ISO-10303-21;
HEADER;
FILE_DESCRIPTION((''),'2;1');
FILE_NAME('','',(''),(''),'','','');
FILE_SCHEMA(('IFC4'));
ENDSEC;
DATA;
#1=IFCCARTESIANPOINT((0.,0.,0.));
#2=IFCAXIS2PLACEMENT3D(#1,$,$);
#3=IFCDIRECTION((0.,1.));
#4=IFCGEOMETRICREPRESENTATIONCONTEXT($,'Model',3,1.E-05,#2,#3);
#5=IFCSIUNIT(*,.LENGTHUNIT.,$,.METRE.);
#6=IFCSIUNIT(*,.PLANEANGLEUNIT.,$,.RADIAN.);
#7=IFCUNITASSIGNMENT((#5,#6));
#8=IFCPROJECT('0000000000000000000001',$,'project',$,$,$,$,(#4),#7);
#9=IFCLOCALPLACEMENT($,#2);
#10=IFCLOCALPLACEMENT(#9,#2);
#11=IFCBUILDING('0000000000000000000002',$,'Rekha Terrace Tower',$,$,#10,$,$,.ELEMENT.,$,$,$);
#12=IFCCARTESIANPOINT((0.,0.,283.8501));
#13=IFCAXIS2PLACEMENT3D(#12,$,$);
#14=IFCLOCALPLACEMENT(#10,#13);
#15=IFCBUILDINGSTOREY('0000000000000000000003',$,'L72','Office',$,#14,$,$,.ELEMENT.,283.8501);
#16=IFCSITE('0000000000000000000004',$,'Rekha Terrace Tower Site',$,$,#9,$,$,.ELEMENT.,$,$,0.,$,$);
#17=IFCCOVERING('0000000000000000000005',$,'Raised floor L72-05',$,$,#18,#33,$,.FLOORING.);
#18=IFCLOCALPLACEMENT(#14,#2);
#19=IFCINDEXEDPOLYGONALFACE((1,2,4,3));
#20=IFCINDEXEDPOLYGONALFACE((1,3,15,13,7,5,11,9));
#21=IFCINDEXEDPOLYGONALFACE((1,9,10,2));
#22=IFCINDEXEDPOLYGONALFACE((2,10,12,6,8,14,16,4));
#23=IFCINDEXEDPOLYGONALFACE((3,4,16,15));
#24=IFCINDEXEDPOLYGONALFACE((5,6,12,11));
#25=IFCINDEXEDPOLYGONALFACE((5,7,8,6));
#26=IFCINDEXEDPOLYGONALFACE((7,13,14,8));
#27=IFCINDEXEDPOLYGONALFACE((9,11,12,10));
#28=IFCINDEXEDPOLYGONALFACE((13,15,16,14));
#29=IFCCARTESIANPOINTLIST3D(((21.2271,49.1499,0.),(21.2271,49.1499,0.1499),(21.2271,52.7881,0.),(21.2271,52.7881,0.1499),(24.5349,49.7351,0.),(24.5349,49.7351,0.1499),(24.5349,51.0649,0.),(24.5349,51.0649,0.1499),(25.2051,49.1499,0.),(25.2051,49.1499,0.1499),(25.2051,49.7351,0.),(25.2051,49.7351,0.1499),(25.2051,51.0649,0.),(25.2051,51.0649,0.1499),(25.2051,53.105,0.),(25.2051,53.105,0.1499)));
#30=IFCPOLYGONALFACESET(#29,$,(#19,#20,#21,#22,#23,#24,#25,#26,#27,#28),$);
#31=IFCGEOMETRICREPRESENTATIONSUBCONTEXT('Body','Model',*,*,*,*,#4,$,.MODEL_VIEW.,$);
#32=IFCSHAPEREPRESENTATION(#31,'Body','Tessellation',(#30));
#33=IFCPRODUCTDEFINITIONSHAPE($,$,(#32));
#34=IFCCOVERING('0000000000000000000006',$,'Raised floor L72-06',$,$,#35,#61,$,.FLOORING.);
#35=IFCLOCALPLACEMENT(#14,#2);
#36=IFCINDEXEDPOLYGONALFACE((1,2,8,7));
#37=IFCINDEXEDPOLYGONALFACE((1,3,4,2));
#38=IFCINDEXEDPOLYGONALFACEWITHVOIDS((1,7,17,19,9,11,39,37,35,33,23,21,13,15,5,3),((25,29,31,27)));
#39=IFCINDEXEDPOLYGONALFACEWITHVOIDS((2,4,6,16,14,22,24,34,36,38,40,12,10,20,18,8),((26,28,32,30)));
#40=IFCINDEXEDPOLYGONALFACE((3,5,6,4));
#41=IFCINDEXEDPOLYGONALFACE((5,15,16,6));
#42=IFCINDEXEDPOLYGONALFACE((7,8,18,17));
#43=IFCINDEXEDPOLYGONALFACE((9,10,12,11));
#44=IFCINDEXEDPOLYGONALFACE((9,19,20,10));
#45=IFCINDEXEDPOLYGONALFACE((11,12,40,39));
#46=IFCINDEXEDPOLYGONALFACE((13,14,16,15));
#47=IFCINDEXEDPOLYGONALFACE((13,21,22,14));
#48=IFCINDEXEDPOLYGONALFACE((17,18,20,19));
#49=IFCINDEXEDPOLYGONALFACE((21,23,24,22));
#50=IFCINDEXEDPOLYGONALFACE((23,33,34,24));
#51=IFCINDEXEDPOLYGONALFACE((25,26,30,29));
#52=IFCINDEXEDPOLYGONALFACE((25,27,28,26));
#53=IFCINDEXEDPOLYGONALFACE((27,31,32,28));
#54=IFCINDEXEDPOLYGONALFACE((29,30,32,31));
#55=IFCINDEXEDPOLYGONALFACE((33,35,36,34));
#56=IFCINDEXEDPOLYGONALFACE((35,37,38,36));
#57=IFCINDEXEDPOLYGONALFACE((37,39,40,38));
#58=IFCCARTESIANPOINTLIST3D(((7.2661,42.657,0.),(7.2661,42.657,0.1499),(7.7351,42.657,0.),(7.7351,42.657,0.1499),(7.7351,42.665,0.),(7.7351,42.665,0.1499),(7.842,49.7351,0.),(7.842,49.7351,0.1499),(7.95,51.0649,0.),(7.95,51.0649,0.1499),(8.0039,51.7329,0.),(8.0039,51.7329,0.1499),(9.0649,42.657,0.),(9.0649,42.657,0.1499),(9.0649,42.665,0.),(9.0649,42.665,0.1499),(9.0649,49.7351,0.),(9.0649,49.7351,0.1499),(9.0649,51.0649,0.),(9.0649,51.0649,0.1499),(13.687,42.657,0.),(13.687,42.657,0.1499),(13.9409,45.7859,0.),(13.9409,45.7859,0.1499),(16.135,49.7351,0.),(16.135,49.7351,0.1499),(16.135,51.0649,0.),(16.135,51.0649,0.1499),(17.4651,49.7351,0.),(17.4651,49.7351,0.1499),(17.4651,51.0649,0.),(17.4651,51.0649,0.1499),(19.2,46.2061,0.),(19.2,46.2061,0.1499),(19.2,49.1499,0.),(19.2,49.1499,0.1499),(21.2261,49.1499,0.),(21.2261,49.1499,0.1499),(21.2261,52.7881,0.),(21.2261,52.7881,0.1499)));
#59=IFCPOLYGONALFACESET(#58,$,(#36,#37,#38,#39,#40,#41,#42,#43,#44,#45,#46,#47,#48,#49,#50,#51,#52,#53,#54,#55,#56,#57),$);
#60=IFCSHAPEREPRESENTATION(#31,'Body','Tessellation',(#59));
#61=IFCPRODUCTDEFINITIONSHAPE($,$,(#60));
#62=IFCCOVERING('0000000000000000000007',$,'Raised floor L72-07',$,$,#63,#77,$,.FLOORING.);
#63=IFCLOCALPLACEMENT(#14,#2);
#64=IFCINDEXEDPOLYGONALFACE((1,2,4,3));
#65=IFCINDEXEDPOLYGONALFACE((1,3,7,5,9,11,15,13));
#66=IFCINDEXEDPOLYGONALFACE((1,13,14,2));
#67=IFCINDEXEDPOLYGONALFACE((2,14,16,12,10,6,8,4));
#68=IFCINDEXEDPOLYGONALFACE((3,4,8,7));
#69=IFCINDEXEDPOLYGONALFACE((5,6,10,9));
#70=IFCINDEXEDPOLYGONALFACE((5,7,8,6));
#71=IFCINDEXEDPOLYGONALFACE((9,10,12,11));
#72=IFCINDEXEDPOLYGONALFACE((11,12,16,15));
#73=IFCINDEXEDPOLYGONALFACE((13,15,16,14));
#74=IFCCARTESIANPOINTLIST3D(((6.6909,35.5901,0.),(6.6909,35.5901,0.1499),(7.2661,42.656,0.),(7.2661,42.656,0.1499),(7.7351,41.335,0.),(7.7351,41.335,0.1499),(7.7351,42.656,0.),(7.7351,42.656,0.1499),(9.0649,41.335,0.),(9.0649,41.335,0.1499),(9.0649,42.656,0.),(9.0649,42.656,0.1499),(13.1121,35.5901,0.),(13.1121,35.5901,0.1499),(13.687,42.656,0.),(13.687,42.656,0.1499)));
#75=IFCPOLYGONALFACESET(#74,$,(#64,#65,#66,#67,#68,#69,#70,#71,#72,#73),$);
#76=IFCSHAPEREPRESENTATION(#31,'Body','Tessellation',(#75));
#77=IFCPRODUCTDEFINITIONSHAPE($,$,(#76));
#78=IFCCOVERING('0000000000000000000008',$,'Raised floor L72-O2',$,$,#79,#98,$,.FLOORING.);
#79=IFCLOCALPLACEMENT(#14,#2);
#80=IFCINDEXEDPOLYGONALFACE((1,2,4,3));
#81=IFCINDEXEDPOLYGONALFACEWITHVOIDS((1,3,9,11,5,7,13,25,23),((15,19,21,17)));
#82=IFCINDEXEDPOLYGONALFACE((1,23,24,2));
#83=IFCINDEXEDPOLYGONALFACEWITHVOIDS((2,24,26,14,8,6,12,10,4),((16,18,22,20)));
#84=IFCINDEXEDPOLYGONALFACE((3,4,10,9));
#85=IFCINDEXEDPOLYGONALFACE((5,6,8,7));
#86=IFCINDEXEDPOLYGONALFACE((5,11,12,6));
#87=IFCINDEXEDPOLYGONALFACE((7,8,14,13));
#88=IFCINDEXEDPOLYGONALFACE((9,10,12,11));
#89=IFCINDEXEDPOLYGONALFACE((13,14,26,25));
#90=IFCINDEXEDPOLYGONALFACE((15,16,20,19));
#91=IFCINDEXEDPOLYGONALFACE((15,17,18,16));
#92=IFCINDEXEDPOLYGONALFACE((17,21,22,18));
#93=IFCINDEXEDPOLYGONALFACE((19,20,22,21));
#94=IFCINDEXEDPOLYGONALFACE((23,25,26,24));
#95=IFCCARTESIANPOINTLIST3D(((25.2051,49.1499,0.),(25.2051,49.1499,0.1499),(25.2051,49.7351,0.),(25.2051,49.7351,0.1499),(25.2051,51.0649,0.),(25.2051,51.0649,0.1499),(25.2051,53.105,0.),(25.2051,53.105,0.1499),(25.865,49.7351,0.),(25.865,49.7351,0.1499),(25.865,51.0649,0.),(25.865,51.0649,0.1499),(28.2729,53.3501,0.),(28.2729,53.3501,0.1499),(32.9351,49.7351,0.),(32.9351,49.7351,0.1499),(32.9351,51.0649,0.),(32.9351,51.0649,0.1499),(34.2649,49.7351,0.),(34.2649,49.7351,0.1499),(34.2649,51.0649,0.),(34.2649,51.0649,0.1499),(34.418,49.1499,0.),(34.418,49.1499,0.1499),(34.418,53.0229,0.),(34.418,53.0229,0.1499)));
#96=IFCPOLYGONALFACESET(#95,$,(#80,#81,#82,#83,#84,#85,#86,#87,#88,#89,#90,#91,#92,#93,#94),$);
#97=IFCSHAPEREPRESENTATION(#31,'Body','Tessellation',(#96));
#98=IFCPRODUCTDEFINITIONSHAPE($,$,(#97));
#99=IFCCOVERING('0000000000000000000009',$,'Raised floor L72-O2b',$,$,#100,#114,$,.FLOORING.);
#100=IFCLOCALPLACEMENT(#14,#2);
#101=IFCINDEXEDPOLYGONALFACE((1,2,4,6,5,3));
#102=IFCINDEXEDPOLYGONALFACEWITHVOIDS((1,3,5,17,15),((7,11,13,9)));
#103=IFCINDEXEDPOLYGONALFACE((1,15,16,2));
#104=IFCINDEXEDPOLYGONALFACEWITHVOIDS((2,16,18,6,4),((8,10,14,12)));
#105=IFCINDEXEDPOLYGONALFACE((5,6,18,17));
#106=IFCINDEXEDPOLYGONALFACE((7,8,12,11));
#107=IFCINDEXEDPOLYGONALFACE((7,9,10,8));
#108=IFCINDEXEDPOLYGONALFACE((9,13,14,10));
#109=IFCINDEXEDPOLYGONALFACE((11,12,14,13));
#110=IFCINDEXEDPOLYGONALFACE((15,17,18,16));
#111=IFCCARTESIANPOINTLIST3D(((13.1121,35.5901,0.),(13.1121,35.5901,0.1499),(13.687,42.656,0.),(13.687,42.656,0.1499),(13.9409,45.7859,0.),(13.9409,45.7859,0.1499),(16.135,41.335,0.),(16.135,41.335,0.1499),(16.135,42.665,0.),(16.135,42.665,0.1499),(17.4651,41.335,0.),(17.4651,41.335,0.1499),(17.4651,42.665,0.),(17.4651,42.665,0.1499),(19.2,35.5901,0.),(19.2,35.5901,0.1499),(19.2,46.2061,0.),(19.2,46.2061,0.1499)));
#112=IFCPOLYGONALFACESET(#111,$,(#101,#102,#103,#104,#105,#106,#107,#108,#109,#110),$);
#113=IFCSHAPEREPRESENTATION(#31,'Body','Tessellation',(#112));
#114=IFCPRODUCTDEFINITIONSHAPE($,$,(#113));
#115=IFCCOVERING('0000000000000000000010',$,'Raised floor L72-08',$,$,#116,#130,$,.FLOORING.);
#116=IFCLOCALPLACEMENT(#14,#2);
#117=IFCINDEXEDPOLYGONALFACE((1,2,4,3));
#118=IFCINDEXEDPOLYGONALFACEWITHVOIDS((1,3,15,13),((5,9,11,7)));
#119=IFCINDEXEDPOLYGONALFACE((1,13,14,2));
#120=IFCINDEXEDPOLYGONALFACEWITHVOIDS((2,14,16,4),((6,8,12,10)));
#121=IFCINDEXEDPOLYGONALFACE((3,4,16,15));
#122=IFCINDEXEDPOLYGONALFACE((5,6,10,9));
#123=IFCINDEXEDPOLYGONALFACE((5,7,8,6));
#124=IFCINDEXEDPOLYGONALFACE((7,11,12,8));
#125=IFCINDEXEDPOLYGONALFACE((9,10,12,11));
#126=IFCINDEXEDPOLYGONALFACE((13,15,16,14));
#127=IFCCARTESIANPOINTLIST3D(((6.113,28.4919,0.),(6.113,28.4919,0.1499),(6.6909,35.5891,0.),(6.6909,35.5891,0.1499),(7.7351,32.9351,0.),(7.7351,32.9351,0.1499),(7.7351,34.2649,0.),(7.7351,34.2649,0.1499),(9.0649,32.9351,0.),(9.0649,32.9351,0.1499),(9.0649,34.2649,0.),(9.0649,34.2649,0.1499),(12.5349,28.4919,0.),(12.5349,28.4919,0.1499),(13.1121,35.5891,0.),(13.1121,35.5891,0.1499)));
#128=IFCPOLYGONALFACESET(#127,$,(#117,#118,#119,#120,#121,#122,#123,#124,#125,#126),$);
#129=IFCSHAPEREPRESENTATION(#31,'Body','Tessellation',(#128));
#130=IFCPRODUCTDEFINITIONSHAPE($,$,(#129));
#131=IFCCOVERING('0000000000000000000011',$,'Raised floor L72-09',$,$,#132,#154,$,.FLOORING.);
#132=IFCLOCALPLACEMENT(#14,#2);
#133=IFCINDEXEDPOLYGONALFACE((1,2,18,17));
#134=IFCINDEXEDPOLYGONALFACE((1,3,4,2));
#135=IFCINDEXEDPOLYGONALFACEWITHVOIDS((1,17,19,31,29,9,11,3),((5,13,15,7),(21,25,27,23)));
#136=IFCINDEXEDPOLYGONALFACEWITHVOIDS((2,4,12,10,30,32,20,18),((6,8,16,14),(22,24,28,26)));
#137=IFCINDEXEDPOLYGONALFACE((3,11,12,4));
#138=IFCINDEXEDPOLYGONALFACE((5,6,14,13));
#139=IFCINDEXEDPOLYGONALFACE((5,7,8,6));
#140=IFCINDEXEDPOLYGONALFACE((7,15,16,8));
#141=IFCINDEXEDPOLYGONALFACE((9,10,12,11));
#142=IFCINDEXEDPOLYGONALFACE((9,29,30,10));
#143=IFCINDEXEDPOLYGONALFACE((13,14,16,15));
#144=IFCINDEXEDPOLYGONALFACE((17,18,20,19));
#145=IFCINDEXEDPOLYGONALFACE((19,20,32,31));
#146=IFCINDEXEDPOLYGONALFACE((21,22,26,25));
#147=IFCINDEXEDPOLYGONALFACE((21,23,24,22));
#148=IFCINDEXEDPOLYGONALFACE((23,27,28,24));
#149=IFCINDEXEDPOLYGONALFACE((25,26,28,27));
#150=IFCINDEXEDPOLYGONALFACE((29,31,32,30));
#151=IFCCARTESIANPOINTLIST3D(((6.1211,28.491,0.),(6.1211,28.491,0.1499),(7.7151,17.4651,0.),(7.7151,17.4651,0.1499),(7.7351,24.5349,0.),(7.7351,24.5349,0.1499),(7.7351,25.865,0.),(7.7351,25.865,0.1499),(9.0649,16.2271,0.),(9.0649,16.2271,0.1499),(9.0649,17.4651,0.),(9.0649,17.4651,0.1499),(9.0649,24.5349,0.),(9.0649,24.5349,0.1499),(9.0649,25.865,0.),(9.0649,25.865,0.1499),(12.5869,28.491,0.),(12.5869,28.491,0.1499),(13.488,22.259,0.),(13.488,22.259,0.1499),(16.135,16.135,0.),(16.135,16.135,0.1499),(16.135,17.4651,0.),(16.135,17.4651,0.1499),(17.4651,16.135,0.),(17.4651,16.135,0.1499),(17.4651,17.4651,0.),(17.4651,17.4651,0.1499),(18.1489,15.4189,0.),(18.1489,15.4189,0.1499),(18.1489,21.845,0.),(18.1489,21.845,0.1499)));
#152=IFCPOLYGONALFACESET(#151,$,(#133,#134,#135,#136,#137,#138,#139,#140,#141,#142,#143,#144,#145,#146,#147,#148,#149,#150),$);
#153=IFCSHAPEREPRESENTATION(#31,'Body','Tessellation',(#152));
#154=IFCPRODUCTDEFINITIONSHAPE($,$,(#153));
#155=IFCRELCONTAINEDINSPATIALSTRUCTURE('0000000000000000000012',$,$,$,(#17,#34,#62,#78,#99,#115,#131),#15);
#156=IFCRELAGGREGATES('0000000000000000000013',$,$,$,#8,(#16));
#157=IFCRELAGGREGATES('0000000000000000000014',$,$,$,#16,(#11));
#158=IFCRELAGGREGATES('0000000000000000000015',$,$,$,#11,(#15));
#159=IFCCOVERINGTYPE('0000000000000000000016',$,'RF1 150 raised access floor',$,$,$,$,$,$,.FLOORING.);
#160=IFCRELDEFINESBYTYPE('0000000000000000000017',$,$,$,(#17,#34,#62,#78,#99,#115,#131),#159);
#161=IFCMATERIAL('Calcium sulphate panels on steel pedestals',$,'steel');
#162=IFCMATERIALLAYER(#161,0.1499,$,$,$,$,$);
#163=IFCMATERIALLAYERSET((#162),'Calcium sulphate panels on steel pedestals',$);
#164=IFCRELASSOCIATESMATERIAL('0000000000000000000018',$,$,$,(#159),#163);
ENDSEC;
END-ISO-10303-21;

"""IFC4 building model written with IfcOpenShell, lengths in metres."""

from ifc_helpers import new_model, si_unit, direction, frame, origin, place, context, subcontext, project, spatial, polyline, outline, extrude, material, layer, layer_set, type_object, element, save


model = new_model("IFC4")

# Units and contexts
model_context = context("Model", 3, precision=1e-05, world=origin(), true_north=direction((0.0, 1.0)))
body_context = subcontext(model_context, "Body", "Model", "MODEL_VIEW")
ifc_project = project(units=[si_unit("LENGTHUNIT", "METRE"), si_unit("PLANEANGLEUNIT", "RADIAN")], contexts=[model_context])

# Site, building, storey
site_placement = place(None, origin())
site = spatial("IfcSite", under=ifc_project, at=site_placement, Name="Rekha Terrace Tower Site", CompositionType="ELEMENT", RefElevation=0.0)
building_placement = place(site_placement, origin())
building = spatial("IfcBuilding", under=site, at=building_placement, Name="Rekha Terrace Tower", CompositionType="ELEMENT")
storey_placement = place(building_placement, frame((0.0, 0.0, 283.8501)))
storey = spatial("IfcBuildingStorey", under=building, at=storey_placement, Name="L72", Description="Office", CompositionType="ELEMENT", Elevation=283.8501)

# Coverings
ifc_material_1 = material(Name="Calcium sulphate panels on steel pedestals", Category="steel")
ifc_layer_1 = layer(ifc_material_1, 0.1499)
ifc_layer_set_1 = layer_set([ifc_layer_1], Name="Calcium sulphate panels on steel pedestals")
covering_type_1 = type_object("IfcCoveringType", Name="RF1 150 raised access floor", PredefinedType="FLOORING", material=ifc_layer_set_1)
covering_1_placement = place(storey_placement, origin())
element("IfcCovering", 1, at=covering_1_placement, inside=storey, type_object=covering_type_1, Name="Raised floor L72-05", PredefinedType="FLOORING", context=body_context, shape_type="SweptSolid", body=[
    extrude(outline(polyline([(25.2051, 51.0649), (25.2051, 53.105), (21.2271, 52.7881), (21.2271, 49.1499), (25.2051, 49.1499), (25.2051, 49.7351), (24.5349, 49.7351), (24.5349, 51.0649), (25.2051, 51.0649)])), origin(), (0.0, 0.0, 1.0), 0.1499),
])
covering_2_placement = place(storey_placement, origin())
element("IfcCovering", 2, at=covering_2_placement, inside=storey, type_object=covering_type_1, Name="Raised floor L72-06", PredefinedType="FLOORING", context=body_context, shape_type="SweptSolid", body=[
    extrude(outline(polyline([(7.2661, 42.657), (7.7351, 42.657), (7.7351, 42.665), (9.0649, 42.665), (9.0649, 42.657), (13.687, 42.657), (13.9409, 45.7859), (19.2, 46.2061), (19.2, 49.1499), (21.2261, 49.1499), (21.2261, 52.7881), (8.0039, 51.7329), (7.95, 51.0649), (9.0649, 51.0649), (9.0649, 49.7351), (7.842, 49.7351), (7.2661, 42.657)]), holes=[polyline([(17.4651, 49.7351), (16.135, 49.7351), (16.135, 51.0649), (17.4651, 51.0649), (17.4651, 49.7351)])]), origin(), (0.0, 0.0, 1.0), 0.1499),
])
covering_3_placement = place(storey_placement, origin())
element("IfcCovering", 3, at=covering_3_placement, inside=storey, type_object=covering_type_1, Name="Raised floor L72-07", PredefinedType="FLOORING", context=body_context, shape_type="SweptSolid", body=[
    extrude(outline(polyline([(7.7351, 42.656), (7.2661, 42.656), (6.6909, 35.5901), (13.1121, 35.5901), (13.687, 42.656), (9.0649, 42.656), (9.0649, 41.335), (7.7351, 41.335), (7.7351, 42.656)])), origin(), (0.0, 0.0, 1.0), 0.1499),
])
covering_4_placement = place(storey_placement, origin())
element("IfcCovering", 4, at=covering_4_placement, inside=storey, type_object=covering_type_1, Name="Raised floor L72-O2", PredefinedType="FLOORING", context=body_context, shape_type="SweptSolid", body=[
    extrude(outline(polyline([(25.2051, 49.7351), (25.2051, 49.1499), (34.418, 49.1499), (34.418, 53.0229), (28.2729, 53.3501), (25.2051, 53.105), (25.2051, 51.0649), (25.865, 51.0649), (25.865, 49.7351), (25.2051, 49.7351)]), holes=[polyline([(34.2649, 49.7351), (32.9351, 49.7351), (32.9351, 51.0649), (34.2649, 51.0649), (34.2649, 49.7351)])]), origin(), (0.0, 0.0, 1.0), 0.1499),
])
covering_5_placement = place(storey_placement, origin())
element("IfcCovering", 5, at=covering_5_placement, inside=storey, type_object=covering_type_1, Name="Raised floor L72-O2b", PredefinedType="FLOORING", context=body_context, shape_type="SweptSolid", body=[
    extrude(outline(polyline([(13.9409, 45.7859), (13.687, 42.656), (13.1121, 35.5901), (19.2, 35.5901), (19.2, 46.2061), (13.9409, 45.7859)]), holes=[polyline([(17.4651, 41.335), (16.135, 41.335), (16.135, 42.665), (17.4651, 42.665), (17.4651, 41.335)])]), origin(), (0.0, 0.0, 1.0), 0.1499),
])
covering_6_placement = place(storey_placement, origin())
element("IfcCovering", 6, at=covering_6_placement, inside=storey, type_object=covering_type_1, Name="Raised floor L72-08", PredefinedType="FLOORING", context=body_context, shape_type="SweptSolid", body=[
    extrude(outline(polyline([(12.5349, 28.4919), (13.1121, 35.5891), (6.6909, 35.5891), (6.113, 28.4919), (12.5349, 28.4919)]), holes=[polyline([(9.0649, 34.2649), (9.0649, 32.9351), (7.7351, 32.9351), (7.7351, 34.2649), (9.0649, 34.2649)])]), origin(), (0.0, 0.0, 1.0), 0.1499),
])
covering_7_placement = place(storey_placement, origin())
element("IfcCovering", 7, at=covering_7_placement, inside=storey, type_object=covering_type_1, Name="Raised floor L72-09", PredefinedType="FLOORING", context=body_context, shape_type="SweptSolid", body=[
    extrude(outline(polyline([(6.1211, 28.491), (7.7151, 17.4651), (9.0649, 17.4651), (9.0649, 16.2271), (18.1489, 15.4189), (18.1489, 21.845), (13.488, 22.259), (12.5869, 28.491), (6.1211, 28.491)]), holes=[polyline([(17.4651, 17.4651), (17.4651, 16.135), (16.135, 16.135), (16.135, 17.4651), (17.4651, 17.4651)]), polyline([(9.0649, 25.865), (9.0649, 24.5349), (7.7351, 24.5349), (7.7351, 25.865), (9.0649, 25.865)])]), origin(), (0.0, 0.0, 1.0), 0.1499),
])

save(model, "model.ifc")
